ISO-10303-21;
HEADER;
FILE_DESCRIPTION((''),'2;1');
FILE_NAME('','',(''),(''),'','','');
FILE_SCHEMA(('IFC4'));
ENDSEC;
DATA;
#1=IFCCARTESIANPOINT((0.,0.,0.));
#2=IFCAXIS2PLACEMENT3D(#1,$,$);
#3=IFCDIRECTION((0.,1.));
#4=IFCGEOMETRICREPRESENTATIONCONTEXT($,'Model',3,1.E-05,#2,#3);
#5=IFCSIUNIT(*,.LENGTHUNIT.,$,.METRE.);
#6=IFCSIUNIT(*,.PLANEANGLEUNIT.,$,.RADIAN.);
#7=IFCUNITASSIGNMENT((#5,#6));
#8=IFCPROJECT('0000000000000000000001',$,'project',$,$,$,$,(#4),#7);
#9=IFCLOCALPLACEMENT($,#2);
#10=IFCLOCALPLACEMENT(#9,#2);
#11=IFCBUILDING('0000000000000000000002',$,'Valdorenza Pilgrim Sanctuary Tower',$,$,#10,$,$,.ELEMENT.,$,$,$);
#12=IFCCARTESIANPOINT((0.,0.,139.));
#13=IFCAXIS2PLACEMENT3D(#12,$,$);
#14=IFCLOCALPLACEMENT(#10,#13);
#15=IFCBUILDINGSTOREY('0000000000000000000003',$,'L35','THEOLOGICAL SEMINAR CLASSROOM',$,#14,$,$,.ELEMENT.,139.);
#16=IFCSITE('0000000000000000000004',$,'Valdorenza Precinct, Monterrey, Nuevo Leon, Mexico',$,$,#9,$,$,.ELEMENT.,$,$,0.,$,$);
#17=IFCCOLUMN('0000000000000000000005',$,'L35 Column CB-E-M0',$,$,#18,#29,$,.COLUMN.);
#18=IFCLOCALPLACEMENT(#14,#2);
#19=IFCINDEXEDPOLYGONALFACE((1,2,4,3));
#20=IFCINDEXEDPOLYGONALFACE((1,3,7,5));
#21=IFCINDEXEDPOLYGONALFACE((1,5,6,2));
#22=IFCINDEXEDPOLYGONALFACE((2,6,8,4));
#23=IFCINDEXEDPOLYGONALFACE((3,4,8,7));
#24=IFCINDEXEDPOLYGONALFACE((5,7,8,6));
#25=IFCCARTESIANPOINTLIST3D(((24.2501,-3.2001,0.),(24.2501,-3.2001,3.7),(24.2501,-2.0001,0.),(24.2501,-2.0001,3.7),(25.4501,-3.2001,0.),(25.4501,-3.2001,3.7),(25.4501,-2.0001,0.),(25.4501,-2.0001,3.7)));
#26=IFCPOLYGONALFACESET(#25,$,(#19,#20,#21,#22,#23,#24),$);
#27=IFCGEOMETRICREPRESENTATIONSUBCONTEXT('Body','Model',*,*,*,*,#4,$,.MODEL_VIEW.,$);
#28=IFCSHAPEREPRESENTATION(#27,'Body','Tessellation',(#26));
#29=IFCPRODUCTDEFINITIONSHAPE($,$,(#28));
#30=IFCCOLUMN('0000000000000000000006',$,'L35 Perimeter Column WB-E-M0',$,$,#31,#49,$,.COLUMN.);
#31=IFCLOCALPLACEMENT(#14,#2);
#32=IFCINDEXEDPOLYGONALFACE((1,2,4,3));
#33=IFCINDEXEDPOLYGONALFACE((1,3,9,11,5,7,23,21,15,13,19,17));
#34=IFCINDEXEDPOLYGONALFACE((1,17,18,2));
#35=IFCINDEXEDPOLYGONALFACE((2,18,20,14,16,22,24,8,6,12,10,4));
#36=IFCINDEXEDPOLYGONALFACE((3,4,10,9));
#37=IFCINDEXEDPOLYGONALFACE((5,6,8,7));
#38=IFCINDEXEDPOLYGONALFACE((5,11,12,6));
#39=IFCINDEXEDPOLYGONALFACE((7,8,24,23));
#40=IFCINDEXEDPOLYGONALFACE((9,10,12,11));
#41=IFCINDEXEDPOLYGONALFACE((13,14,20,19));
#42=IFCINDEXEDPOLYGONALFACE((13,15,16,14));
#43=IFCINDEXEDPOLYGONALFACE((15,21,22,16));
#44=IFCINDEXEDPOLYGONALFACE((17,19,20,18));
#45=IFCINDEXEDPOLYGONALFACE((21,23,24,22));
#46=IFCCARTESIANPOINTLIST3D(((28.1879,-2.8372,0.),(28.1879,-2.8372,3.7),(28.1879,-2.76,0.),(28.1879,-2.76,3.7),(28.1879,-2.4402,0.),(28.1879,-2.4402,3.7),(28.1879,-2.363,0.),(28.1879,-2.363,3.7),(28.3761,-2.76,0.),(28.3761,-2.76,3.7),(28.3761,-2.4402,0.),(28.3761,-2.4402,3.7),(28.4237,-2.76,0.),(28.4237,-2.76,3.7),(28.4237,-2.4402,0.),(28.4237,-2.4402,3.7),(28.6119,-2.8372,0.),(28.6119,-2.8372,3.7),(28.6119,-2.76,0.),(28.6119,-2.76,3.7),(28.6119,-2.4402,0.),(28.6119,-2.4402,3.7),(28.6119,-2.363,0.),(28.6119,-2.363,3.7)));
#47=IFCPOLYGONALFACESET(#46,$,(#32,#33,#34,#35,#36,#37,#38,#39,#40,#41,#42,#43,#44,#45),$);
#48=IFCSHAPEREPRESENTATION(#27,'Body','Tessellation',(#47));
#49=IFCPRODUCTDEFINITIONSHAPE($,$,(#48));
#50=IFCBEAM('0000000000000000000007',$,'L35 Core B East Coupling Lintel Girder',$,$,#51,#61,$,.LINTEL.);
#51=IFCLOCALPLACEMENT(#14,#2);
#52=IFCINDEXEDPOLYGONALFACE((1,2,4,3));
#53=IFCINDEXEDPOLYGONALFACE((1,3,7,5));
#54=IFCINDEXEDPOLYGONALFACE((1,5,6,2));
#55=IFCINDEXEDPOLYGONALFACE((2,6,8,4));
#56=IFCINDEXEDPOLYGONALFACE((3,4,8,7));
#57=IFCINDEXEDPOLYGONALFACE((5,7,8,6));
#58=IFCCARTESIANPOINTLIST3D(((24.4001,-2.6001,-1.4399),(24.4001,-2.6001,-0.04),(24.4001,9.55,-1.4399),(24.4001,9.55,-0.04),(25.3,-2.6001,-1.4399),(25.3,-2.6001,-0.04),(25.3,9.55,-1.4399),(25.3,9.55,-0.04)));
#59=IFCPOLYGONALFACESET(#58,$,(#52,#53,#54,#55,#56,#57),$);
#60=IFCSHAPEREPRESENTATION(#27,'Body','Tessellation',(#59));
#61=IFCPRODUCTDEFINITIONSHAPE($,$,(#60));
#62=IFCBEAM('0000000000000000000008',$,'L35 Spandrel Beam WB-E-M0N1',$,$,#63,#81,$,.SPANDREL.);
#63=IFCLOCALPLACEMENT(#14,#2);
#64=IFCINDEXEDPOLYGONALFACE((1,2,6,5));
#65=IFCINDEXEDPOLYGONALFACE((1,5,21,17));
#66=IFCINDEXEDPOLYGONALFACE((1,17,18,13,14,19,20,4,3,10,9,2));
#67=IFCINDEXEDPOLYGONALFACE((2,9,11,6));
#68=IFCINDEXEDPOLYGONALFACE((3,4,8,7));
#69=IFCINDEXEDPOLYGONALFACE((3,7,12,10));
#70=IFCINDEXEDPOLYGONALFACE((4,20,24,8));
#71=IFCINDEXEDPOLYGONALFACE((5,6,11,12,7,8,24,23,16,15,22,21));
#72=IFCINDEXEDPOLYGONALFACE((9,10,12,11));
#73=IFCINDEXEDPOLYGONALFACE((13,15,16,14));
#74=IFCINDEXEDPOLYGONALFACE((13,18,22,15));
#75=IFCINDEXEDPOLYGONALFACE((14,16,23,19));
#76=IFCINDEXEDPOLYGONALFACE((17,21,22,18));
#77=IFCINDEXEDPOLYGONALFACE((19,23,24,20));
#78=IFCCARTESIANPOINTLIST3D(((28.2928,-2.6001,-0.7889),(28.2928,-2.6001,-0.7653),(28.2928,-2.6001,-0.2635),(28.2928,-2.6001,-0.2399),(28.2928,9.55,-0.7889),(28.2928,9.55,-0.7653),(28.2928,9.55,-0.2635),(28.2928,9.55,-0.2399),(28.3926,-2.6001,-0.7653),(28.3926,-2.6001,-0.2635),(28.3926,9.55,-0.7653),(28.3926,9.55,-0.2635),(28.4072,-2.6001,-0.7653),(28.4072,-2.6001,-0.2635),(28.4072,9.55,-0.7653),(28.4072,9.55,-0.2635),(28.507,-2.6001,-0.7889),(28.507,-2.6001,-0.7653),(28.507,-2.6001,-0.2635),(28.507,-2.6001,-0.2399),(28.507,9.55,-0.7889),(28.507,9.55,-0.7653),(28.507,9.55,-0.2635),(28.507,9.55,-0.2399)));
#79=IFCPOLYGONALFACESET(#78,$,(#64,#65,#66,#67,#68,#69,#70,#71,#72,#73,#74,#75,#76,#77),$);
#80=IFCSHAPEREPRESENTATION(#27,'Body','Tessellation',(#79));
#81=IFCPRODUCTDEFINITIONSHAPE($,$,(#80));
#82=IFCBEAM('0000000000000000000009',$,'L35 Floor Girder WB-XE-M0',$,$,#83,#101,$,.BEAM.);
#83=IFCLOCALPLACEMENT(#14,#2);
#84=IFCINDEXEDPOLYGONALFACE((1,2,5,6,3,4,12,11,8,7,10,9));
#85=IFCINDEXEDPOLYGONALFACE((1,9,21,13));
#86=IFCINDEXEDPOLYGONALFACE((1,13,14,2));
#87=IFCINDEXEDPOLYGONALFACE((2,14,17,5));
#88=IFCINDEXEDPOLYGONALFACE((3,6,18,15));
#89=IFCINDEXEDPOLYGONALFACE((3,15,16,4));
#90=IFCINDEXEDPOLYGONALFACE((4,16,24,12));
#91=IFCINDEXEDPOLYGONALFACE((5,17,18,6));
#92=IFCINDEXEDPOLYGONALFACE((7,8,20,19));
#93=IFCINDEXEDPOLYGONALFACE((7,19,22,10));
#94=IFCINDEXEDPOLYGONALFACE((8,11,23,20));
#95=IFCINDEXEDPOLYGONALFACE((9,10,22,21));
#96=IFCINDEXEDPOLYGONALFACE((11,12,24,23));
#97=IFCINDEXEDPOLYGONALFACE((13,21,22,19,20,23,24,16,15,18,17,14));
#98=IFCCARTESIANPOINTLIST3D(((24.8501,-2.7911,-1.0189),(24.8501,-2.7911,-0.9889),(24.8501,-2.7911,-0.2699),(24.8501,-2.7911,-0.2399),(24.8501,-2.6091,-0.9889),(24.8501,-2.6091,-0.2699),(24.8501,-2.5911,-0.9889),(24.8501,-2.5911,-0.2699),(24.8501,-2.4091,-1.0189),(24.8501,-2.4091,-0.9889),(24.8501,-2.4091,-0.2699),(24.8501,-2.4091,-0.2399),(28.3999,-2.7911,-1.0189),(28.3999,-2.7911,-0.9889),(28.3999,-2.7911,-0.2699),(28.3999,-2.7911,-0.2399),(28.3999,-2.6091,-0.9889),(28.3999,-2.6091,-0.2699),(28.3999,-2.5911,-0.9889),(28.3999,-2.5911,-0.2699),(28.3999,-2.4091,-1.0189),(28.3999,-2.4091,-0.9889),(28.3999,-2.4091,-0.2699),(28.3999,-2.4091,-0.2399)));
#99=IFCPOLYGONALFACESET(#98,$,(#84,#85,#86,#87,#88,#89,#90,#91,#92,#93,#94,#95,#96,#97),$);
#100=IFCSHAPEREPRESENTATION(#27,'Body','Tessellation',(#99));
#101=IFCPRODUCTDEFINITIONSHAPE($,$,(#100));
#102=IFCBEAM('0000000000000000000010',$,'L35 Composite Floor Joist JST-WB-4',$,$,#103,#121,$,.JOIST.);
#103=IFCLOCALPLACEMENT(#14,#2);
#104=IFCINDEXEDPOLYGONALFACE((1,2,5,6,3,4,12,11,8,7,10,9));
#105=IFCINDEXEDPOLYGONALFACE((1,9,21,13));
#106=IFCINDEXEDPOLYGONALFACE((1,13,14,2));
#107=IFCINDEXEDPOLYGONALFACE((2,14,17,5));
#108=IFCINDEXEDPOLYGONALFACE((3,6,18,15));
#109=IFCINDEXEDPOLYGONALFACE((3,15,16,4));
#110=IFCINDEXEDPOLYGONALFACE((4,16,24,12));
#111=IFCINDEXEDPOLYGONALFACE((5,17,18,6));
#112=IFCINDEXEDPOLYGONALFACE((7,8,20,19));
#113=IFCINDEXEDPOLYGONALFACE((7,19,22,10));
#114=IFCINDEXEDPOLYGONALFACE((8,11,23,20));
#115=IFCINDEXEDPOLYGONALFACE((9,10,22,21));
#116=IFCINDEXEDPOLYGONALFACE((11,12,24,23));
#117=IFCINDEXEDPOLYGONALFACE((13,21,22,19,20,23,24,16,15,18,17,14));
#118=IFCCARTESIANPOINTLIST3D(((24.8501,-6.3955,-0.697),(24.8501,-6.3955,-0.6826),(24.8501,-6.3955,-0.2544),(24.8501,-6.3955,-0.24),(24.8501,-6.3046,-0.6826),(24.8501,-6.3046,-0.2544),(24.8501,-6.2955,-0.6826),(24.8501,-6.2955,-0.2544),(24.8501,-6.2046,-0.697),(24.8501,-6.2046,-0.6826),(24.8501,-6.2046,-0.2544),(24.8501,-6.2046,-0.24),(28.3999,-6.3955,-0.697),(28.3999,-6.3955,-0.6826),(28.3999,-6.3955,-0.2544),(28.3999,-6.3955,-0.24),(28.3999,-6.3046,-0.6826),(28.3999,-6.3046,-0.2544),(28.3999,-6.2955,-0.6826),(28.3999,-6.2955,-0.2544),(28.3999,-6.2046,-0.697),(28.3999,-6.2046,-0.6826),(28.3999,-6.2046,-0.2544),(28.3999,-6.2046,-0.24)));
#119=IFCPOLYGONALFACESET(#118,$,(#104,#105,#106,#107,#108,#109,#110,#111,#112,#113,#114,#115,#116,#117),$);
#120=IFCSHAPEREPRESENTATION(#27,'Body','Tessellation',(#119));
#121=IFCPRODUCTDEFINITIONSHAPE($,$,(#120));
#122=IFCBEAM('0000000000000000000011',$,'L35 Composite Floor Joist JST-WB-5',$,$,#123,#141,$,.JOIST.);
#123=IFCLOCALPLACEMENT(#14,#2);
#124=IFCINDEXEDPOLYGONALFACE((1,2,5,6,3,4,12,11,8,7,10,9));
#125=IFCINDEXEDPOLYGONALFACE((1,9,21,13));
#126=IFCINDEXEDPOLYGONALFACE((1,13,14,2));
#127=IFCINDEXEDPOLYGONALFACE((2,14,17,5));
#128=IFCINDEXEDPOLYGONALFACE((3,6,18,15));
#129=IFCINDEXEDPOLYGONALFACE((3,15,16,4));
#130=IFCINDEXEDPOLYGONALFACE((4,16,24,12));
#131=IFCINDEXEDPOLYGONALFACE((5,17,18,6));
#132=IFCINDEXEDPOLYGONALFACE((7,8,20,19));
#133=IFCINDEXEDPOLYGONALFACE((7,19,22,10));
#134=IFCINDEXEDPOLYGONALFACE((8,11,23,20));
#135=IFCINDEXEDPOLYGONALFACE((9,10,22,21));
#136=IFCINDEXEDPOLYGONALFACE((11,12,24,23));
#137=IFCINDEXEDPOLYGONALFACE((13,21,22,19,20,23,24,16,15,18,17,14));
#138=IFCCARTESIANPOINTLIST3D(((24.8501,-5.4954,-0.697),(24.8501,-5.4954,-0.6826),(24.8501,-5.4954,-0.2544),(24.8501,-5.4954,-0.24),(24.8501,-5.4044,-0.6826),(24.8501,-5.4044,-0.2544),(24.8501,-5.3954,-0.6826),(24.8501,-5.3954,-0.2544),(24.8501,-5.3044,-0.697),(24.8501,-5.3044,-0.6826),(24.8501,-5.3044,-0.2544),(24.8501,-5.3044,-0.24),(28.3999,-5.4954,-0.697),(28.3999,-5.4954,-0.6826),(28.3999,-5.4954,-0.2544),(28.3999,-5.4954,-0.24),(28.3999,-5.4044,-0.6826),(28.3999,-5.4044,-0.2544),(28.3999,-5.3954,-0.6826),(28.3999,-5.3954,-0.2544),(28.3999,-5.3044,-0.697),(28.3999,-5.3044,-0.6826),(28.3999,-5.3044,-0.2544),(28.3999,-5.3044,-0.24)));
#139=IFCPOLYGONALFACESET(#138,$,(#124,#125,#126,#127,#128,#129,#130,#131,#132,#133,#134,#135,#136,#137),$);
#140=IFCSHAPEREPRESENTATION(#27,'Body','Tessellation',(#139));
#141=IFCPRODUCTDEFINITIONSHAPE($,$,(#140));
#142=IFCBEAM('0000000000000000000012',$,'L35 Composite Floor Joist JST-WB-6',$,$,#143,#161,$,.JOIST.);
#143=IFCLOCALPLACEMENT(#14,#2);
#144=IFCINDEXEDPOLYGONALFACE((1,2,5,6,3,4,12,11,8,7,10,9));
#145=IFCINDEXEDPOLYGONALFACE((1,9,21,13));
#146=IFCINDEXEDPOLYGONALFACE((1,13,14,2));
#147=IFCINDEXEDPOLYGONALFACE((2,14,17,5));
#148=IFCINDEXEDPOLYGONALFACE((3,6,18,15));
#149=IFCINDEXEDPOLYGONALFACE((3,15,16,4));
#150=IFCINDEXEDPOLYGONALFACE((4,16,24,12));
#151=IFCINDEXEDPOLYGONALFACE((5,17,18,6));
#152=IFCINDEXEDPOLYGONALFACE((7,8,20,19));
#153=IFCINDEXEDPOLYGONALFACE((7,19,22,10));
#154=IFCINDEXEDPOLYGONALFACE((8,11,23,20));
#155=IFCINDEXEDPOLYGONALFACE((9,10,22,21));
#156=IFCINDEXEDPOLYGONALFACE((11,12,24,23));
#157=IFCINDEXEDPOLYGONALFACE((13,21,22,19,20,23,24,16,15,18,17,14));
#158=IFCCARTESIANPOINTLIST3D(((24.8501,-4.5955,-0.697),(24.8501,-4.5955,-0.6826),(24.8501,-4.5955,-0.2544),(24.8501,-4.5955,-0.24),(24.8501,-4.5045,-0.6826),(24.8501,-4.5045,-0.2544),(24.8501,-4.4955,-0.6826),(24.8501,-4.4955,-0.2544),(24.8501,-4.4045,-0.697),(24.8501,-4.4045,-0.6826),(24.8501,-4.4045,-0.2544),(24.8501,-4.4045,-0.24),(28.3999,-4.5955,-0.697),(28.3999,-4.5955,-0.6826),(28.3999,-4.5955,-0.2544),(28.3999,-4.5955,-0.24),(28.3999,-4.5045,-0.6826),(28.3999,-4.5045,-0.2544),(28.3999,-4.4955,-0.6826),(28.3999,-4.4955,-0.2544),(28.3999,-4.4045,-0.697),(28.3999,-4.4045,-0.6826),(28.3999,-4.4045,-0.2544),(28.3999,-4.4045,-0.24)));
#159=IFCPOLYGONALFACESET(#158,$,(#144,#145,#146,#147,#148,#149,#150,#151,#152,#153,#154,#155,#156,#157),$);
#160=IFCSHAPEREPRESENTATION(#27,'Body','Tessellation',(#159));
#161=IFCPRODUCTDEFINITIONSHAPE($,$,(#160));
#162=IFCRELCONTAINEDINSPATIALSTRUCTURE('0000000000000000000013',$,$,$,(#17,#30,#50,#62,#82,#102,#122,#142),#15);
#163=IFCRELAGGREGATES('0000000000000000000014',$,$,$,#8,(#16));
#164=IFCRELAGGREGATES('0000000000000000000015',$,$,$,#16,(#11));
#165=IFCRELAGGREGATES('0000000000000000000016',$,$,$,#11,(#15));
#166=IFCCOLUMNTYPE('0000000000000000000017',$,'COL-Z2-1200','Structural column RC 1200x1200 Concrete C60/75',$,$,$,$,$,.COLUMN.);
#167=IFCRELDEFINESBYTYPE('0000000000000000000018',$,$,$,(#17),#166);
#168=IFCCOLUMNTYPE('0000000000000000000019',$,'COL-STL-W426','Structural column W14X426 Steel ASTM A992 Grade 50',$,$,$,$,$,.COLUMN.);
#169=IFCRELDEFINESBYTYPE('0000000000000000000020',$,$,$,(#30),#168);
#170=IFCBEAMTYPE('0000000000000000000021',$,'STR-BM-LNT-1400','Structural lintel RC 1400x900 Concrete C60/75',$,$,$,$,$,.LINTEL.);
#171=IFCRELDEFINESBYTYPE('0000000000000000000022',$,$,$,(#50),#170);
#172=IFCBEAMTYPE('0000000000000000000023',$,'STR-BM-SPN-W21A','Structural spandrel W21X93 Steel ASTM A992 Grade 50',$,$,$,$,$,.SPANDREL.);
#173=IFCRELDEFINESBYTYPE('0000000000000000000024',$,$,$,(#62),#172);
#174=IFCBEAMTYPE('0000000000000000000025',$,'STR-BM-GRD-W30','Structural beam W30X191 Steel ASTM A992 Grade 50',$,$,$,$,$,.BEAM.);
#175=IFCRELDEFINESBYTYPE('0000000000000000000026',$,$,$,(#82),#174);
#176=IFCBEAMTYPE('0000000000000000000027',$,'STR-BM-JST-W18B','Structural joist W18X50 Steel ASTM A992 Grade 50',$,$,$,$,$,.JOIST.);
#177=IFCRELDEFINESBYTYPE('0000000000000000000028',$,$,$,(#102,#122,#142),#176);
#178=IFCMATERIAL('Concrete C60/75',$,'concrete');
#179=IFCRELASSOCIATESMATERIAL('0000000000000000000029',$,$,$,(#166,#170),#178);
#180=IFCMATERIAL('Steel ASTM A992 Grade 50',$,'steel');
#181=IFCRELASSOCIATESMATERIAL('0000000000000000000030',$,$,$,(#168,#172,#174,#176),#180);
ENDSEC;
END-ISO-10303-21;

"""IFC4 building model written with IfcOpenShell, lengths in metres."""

from ifc_helpers import new_model, si_unit, direction, frame, origin, origin_2d, place, context, subcontext, project, spatial, rectangle, i_section, extrude, source, transform, mapped, material, material_profile, profile_set, type_object, element, save


model = new_model("IFC4")

# Units and contexts
model_context = context("Model", 3, precision=1e-05, world=origin(), true_north=direction((0.0, 1.0)))
body_context = subcontext(model_context, "Body", "Model", "MODEL_VIEW")
ifc_project = project(units=[si_unit("LENGTHUNIT", "METRE"), si_unit("PLANEANGLEUNIT", "RADIAN")], contexts=[model_context])

# Site, building, storey
site_placement = place(None, origin())
site = spatial("IfcSite", under=ifc_project, at=site_placement, Name="Valdorenza Precinct, Monterrey, Nuevo Leon, Mexico", CompositionType="ELEMENT", RefElevation=0.0)
building_placement = place(site_placement, origin())
building = spatial("IfcBuilding", under=site, at=building_placement, Name="Valdorenza Pilgrim Sanctuary Tower", CompositionType="ELEMENT")
storey_placement = place(building_placement, frame((0.0, 0.0, 139.0)))
storey = spatial("IfcBuildingStorey", under=building, at=storey_placement, Name="L35", Description="THEOLOGICAL SEMINAR CLASSROOM", CompositionType="ELEMENT", Elevation=139.0)

# Columns
ifc_material_1 = material(Name="Concrete C60/75", Category="concrete")
ifc_material_profile_1 = material_profile(ifc_material_1, rectangle(XDim=1.2, YDim=1.2, at=origin_2d()), Name="RC 1200x1200")
ifc_profile_set_1 = profile_set([ifc_material_profile_1], Name="Concrete C60/75")
column_type_1 = type_object("IfcColumnType", Name="COL-Z2-1200", Description="Structural column RC 1200x1200 Concrete C60/75", PredefinedType="COLUMN", material=ifc_profile_set_1)
shared_shape_1 = source(origin(), body_context, "Body", "SweptSolid", [
    extrude(rectangle(XDim=1.2, YDim=1.2, at=origin_2d()), origin(), (0.0, 0.0, 1.0), 3.7),
])
column_1_placement = place(storey_placement, frame((24.8501, -2.6001, 0.0), z_axis=(0.0, 0.0, 1.0), x_axis=(1.0, 0.0, 0.0)))
element("IfcColumn", 1, at=column_1_placement, inside=storey, type_object=column_type_1, Name="L35 Column CB-E-M0", PredefinedType="COLUMN", context=body_context, shape_type="MappedRepresentation", body=[
    mapped(shared_shape_1, transform((0.0, 0.0, 0.0), x_axis=(1.0, 0.0, 0.0), y_axis=(0.0, 1.0, 0.0), z_axis=(0.0, 0.0, 1.0), scale=1.0)),
])
ifc_material_2 = material(Name="Steel ASTM A992 Grade 50", Category="steel")
ifc_material_profile_2 = material_profile(ifc_material_2, i_section(OverallWidth=0.4241, OverallDepth=0.4741, WebThickness=0.0476, FlangeThickness=0.0771, at=origin_2d()), Name="W14X426")
ifc_profile_set_2 = profile_set([ifc_material_profile_2], Name="Steel ASTM A992 Grade 50")
column_type_2 = type_object("IfcColumnType", Name="COL-STL-W426", Description="Structural column W14X426 Steel ASTM A992 Grade 50", PredefinedType="COLUMN", material=ifc_profile_set_2)
shared_shape_2 = source(origin(), body_context, "Body", "SweptSolid", [
    extrude(i_section(OverallWidth=0.4241, OverallDepth=0.4741, WebThickness=0.0476, FlangeThickness=0.0771, at=origin_2d()), origin(), (0.0, 0.0, 1.0), 3.7),
])
column_2_placement = place(storey_placement, frame((28.3999, -2.6001, 0.0), z_axis=(0.0, 0.0, 1.0), x_axis=(1.0, 0.0, 0.0)))
element("IfcColumn", 2, at=column_2_placement, inside=storey, type_object=column_type_2, Name="L35 Perimeter Column WB-E-M0", PredefinedType="COLUMN", context=body_context, shape_type="MappedRepresentation", body=[
    mapped(shared_shape_2, transform((0.0, 0.0, 0.0), x_axis=(1.0, 0.0, 0.0), y_axis=(0.0, 1.0, 0.0), z_axis=(0.0, 0.0, 1.0), scale=1.0)),
])

# Beams
ifc_material_profile_3 = material_profile(ifc_material_1, rectangle(XDim=0.8999, YDim=1.3999, at=origin_2d()), Name="RC 1400x900")
ifc_profile_set_3 = profile_set([ifc_material_profile_3], Name="Concrete C60/75")
beam_type_1 = type_object("IfcBeamType", Name="STR-BM-LNT-1400", Description="Structural lintel RC 1400x900 Concrete C60/75", PredefinedType="LINTEL", material=ifc_profile_set_3)
shared_shape_3 = source(origin(), body_context, "Body", "SweptSolid", [
    extrude(rectangle(XDim=0.8999, YDim=1.3999, at=origin_2d()), origin(), (0.0, 0.0, 1.0), 12.1501),
])
beam_1_placement = place(storey_placement, frame((24.8501, -2.6001, -0.74), z_axis=(0.0, 1.0, 0.0), x_axis=(-1.0, 0.0, 0.0)))
element("IfcBeam", 3, at=beam_1_placement, inside=storey, type_object=beam_type_1, Name="L35 Core B East Coupling Lintel Girder", PredefinedType="LINTEL", context=body_context, shape_type="MappedRepresentation", body=[
    mapped(shared_shape_3, transform((0.0, 0.0, 0.0), x_axis=(1.0, 0.0, 0.0), y_axis=(0.0, 1.0, 0.0), z_axis=(0.0, 0.0, 1.0), scale=1.0)),
])
ifc_material_profile_4 = material_profile(ifc_material_2, i_section(OverallWidth=0.2141, OverallDepth=0.5491, WebThickness=0.0146, FlangeThickness=0.0237, at=origin_2d()), Name="W21X93")
ifc_profile_set_4 = profile_set([ifc_material_profile_4], Name="Steel ASTM A992 Grade 50")
beam_type_2 = type_object("IfcBeamType", Name="STR-BM-SPN-W21A", Description="Structural spandrel W21X93 Steel ASTM A992 Grade 50", PredefinedType="SPANDREL", material=ifc_profile_set_4)
shared_shape_4 = source(origin(), body_context, "Body", "SweptSolid", [
    extrude(i_section(OverallWidth=0.2141, OverallDepth=0.5491, WebThickness=0.0146, FlangeThickness=0.0237, at=origin_2d()), origin(), (0.0, 0.0, 1.0), 12.1501),
])
beam_2_placement = place(storey_placement, frame((28.3999, -2.6001, -0.5144), z_axis=(0.0, 1.0, 0.0), x_axis=(-1.0, 0.0, 0.0)))
element("IfcBeam", 4, at=beam_2_placement, inside=storey, type_object=beam_type_2, Name="L35 Spandrel Beam WB-E-M0N1", PredefinedType="SPANDREL", context=body_context, shape_type="MappedRepresentation", body=[
    mapped(shared_shape_4, transform((0.0, 0.0, 0.0), x_axis=(1.0, 0.0, 0.0), y_axis=(0.0, 1.0, 0.0), z_axis=(0.0, 0.0, 1.0), scale=1.0)),
])
ifc_material_profile_5 = material_profile(ifc_material_2, i_section(OverallWidth=0.3821, OverallDepth=0.7791, WebThickness=0.0181, FlangeThickness=0.03, at=origin_2d()), Name="W30X191")
ifc_profile_set_5 = profile_set([ifc_material_profile_5], Name="Steel ASTM A992 Grade 50")
beam_type_3 = type_object("IfcBeamType", Name="STR-BM-GRD-W30", Description="Structural beam W30X191 Steel ASTM A992 Grade 50", PredefinedType="BEAM", material=ifc_profile_set_5)
shared_shape_5 = source(origin(), body_context, "Body", "SweptSolid", [
    extrude(i_section(OverallWidth=0.3821, OverallDepth=0.7791, WebThickness=0.0181, FlangeThickness=0.03, at=origin_2d()), origin(), (0.0, 0.0, 1.0), 3.5498),
])
beam_3_placement = place(storey_placement, frame((24.8501, -2.6001, -0.6294), z_axis=(1.0, 0.0, 0.0), x_axis=(0.0, 1.0, 0.0)))
element("IfcBeam", 5, at=beam_3_placement, inside=storey, type_object=beam_type_3, Name="L35 Floor Girder WB-XE-M0", PredefinedType="BEAM", context=body_context, shape_type="MappedRepresentation", body=[
    mapped(shared_shape_5, transform((0.0, 0.0, 0.0), x_axis=(1.0, 0.0, 0.0), y_axis=(0.0, 1.0, 0.0), z_axis=(0.0, 0.0, 1.0), scale=1.0)),
])
ifc_material_profile_6 = material_profile(ifc_material_2, i_section(OverallWidth=0.1909, OverallDepth=0.457, WebThickness=0.009, FlangeThickness=0.0144, at=origin_2d()), Name="W18X50")
ifc_profile_set_6 = profile_set([ifc_material_profile_6], Name="Steel ASTM A992 Grade 50")
beam_type_4 = type_object("IfcBeamType", Name="STR-BM-JST-W18B", Description="Structural joist W18X50 Steel ASTM A992 Grade 50", PredefinedType="JOIST", material=ifc_profile_set_6)
shared_shape_6 = source(origin(), body_context, "Body", "SweptSolid", [
    extrude(i_section(OverallWidth=0.1909, OverallDepth=0.457, WebThickness=0.009, FlangeThickness=0.0144, at=origin_2d()), origin(), (0.0, 0.0, 1.0), 3.5498),
])
for number, where, z_axis, x_axis, name in (
    (6, (24.8501, -6.3, -0.4685), (1.0, 0.0, 0.0), (0.0, 1.0, 0.0), "L35 Composite Floor Joist JST-WB-4"),
    (7, (24.8501, -5.3999, -0.4685), (1.0, 0.0, 0.0), (0.0, 1.0, 0.0), "L35 Composite Floor Joist JST-WB-5"),
    (8, (24.8501, -4.5, -0.4685), (1.0, 0.0, 0.0), (0.0, 1.0, 0.0), "L35 Composite Floor Joist JST-WB-6"),
):
    element("IfcBeam", number, at=place(storey_placement, frame(where, z_axis=z_axis, x_axis=x_axis)), inside=storey, type_object=beam_type_4, Name=name, PredefinedType="JOIST", context=body_context, shape_type="MappedRepresentation", body=[
        mapped(shared_shape_6, transform((0.0, 0.0, 0.0), x_axis=(1.0, 0.0, 0.0), y_axis=(0.0, 1.0, 0.0), z_axis=(0.0, 0.0, 1.0), scale=1.0)),
    ])

save(model, "model.ifc")
